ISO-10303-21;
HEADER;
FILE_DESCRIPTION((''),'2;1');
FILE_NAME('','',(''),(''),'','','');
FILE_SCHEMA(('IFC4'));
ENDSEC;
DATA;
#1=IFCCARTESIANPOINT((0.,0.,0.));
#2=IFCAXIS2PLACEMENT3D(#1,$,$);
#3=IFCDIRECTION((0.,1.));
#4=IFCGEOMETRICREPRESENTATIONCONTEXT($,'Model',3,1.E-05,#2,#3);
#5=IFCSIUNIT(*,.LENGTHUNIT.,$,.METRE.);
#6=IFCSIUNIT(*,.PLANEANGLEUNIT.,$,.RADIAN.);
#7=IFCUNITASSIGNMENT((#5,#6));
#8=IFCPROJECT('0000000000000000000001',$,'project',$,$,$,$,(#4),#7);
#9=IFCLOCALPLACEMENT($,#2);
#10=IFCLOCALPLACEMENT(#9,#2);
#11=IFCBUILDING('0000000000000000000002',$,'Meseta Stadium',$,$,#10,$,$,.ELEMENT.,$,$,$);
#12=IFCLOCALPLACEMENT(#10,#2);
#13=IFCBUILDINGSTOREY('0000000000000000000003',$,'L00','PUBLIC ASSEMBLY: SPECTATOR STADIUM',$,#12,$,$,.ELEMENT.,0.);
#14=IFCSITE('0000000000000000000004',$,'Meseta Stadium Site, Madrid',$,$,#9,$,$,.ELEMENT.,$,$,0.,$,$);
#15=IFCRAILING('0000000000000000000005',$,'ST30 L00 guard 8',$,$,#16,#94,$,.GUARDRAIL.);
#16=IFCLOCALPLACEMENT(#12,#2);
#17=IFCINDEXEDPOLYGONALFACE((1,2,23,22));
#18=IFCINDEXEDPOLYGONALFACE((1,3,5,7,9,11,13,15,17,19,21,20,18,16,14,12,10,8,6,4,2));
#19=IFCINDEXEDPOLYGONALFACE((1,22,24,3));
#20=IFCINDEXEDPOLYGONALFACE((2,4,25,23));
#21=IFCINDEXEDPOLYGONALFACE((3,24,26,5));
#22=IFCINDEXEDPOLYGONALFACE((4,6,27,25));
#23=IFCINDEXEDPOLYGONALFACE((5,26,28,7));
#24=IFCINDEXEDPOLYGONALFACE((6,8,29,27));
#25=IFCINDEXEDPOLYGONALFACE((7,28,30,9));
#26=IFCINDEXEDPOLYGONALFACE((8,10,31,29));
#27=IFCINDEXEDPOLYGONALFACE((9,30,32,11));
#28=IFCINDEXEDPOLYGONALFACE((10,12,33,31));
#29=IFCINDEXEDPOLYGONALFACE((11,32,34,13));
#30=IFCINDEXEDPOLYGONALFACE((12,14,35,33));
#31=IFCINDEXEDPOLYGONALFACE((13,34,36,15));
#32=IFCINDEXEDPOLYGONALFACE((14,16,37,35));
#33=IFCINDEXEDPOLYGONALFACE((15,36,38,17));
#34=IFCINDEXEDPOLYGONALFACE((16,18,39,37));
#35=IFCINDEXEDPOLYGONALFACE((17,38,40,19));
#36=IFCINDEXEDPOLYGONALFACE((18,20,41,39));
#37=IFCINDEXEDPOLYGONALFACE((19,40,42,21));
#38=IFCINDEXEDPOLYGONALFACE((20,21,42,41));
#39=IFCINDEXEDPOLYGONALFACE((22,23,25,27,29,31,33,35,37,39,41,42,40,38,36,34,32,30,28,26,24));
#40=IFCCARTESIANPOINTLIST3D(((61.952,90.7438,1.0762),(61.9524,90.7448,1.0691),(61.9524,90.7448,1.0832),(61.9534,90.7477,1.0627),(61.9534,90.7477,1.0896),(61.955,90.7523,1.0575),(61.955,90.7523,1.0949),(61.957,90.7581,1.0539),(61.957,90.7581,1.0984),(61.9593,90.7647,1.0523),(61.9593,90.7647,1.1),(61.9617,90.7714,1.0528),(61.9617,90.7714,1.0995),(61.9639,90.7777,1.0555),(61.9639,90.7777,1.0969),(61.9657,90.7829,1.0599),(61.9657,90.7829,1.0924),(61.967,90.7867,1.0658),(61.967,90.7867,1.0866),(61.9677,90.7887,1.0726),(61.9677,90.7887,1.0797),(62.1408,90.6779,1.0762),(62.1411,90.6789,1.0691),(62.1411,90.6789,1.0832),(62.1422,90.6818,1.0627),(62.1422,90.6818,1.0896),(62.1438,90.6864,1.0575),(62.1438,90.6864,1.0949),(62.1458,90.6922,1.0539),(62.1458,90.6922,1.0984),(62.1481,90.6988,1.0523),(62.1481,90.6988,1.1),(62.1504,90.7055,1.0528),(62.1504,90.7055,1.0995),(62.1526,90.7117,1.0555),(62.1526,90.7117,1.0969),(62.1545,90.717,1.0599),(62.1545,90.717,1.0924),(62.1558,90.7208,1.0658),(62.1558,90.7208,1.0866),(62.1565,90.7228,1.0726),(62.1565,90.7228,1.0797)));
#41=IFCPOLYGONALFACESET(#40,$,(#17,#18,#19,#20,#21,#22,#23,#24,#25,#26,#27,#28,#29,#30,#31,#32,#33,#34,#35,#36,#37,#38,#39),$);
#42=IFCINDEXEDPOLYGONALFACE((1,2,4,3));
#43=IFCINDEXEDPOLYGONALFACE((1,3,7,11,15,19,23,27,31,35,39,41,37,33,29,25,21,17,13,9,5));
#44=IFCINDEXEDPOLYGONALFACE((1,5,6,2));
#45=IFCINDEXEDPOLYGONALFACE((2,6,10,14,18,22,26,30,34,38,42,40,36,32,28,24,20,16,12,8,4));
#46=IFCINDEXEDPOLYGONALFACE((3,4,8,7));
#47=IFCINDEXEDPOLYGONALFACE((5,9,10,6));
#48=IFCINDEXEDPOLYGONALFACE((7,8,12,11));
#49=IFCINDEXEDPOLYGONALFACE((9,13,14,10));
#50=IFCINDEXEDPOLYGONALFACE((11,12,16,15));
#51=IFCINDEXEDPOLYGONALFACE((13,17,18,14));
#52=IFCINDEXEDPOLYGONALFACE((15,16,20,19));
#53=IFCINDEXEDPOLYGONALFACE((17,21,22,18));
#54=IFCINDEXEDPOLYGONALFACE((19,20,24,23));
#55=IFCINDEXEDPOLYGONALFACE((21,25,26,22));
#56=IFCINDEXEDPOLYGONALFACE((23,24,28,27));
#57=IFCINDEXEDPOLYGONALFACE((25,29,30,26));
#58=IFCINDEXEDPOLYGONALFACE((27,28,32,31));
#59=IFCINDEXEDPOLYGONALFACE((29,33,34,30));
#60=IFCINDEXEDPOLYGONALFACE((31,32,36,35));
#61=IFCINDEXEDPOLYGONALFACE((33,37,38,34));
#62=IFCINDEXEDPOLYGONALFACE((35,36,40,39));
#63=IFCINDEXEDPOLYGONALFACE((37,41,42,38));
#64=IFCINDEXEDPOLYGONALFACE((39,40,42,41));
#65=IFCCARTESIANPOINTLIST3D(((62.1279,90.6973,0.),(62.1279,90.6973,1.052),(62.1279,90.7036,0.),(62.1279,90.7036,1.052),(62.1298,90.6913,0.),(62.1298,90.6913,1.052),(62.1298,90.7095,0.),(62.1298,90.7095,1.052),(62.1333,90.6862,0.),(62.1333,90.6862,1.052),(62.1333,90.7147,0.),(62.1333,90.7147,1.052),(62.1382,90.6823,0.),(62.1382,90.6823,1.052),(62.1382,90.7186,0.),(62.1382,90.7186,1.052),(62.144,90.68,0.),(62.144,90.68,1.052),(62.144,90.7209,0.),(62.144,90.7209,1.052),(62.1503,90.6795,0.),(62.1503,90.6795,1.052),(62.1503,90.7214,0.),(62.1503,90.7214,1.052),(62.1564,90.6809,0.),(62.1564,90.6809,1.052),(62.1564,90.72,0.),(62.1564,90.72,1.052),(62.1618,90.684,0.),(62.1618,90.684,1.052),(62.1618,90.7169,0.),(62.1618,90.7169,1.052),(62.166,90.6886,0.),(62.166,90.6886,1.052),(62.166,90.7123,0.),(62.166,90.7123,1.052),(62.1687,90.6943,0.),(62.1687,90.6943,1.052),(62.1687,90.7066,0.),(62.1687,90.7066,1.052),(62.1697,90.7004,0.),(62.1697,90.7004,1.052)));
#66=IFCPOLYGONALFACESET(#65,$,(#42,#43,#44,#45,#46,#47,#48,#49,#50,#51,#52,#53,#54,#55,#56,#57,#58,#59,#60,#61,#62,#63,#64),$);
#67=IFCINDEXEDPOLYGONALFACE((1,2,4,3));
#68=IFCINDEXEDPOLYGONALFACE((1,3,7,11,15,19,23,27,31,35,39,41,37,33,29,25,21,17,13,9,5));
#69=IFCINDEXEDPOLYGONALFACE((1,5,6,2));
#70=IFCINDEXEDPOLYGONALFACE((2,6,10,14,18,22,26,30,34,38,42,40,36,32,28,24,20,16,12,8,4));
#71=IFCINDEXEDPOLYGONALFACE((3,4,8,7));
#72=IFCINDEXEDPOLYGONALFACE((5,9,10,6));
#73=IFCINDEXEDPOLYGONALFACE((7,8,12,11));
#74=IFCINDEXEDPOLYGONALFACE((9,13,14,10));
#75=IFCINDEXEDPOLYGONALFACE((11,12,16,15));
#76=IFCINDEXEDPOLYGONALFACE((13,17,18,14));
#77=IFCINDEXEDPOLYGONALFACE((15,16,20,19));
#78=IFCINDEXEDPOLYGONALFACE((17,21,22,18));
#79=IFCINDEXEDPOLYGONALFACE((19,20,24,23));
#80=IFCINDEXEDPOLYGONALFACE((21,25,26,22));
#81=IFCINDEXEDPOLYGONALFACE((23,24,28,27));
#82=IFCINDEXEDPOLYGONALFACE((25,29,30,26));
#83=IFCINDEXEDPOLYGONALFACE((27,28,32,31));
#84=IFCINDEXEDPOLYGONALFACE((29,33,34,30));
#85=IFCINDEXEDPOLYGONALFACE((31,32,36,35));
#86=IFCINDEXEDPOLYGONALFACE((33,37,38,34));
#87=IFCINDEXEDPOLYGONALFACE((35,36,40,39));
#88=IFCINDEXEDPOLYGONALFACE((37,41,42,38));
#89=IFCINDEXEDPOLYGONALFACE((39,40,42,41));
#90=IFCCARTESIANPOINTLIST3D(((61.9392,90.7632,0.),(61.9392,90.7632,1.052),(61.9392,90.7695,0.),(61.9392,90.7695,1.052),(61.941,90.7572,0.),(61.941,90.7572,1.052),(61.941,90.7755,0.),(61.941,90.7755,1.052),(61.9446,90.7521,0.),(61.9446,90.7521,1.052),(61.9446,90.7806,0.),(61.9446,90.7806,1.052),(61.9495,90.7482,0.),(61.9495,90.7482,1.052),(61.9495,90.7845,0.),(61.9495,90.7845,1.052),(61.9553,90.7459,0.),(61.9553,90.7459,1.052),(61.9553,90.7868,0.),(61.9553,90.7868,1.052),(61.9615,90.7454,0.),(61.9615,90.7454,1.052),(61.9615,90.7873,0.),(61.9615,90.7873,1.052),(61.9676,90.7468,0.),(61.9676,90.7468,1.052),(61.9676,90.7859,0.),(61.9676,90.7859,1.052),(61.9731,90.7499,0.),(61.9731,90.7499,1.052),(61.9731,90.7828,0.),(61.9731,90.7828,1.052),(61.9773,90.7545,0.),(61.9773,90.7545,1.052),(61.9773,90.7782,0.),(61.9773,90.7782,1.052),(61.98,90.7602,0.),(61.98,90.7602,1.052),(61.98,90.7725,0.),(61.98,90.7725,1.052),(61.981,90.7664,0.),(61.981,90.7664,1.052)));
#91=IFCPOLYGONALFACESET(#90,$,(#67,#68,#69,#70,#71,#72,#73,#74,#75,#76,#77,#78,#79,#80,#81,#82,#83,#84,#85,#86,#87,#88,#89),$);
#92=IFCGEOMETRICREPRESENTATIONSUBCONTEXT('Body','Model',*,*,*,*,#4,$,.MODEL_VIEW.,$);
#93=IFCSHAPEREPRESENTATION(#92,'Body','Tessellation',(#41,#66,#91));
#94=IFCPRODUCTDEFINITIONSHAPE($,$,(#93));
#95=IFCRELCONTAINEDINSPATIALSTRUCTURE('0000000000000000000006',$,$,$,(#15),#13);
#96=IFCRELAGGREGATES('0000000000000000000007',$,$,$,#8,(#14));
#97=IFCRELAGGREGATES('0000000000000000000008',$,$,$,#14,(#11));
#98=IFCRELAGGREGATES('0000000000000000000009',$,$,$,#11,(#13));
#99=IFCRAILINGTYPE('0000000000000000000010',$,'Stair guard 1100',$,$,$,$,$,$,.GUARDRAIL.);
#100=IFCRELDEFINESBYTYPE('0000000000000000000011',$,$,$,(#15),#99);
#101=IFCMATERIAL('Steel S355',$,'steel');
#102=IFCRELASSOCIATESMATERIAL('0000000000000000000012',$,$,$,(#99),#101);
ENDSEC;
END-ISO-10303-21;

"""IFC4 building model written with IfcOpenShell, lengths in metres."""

from ifc_helpers import new_model, si_unit, direction, frame, origin, origin_2d, place, context, subcontext, project, spatial, circle, extrude, material, type_object, element, save


model = new_model("IFC4")

# Units and contexts
model_context = context("Model", 3, precision=1e-05, world=origin(), true_north=direction((0.0, 1.0)))
body_context = subcontext(model_context, "Body", "Model", "MODEL_VIEW")
ifc_project = project(units=[si_unit("LENGTHUNIT", "METRE"), si_unit("PLANEANGLEUNIT", "RADIAN")], contexts=[model_context])

# Site, building, storey
site_placement = place(None, origin())
site = spatial("IfcSite", under=ifc_project, at=site_placement, Name="Meseta Stadium Site, Madrid", CompositionType="ELEMENT", RefElevation=0.0)
building_placement = place(site_placement, origin())
building = spatial("IfcBuilding", under=site, at=building_placement, Name="Meseta Stadium", CompositionType="ELEMENT")
storey_placement = place(building_placement, origin())
storey = spatial("IfcBuildingStorey", under=building, at=storey_placement, Name="L00", Description="PUBLIC ASSEMBLY: SPECTATOR STADIUM", CompositionType="ELEMENT", Elevation=0.0)

# Railing
ifc_material_1 = material(Name="Steel S355", Category="steel")
railing_type_1 = type_object("IfcRailingType", Name="Stair guard 1100", PredefinedType="GUARDRAIL", material=ifc_material_1)
railing_1_placement = place(storey_placement, frame((62.1487, 90.7004, 0.0)))
element("IfcRailing", 1, at=railing_1_placement, inside=storey, type_object=railing_type_1, Name="ST30 L00 guard 8", PredefinedType="GUARDRAIL", context=body_context, shape_type="SweptSolid", body=[
    extrude(circle(Radius=0.0239, at=origin_2d()), frame((0.0, 0.0, 1.0762), z_axis=(-0.944068, 0.329752, 0.0), x_axis=(-0.329752, -0.944068, 0.0)), (0.0, 0.0, 1.0), 0.2),
    extrude(circle(Radius=0.021, at=origin_2d()), origin(), (0.0, 0.0, 1.0), 1.052),
    extrude(circle(Radius=0.021, at=origin_2d()), frame((-0.1887, 0.0659, 0.0)), (0.0, 0.0, 1.0), 1.052),
])

save(model, "model.ifc")
